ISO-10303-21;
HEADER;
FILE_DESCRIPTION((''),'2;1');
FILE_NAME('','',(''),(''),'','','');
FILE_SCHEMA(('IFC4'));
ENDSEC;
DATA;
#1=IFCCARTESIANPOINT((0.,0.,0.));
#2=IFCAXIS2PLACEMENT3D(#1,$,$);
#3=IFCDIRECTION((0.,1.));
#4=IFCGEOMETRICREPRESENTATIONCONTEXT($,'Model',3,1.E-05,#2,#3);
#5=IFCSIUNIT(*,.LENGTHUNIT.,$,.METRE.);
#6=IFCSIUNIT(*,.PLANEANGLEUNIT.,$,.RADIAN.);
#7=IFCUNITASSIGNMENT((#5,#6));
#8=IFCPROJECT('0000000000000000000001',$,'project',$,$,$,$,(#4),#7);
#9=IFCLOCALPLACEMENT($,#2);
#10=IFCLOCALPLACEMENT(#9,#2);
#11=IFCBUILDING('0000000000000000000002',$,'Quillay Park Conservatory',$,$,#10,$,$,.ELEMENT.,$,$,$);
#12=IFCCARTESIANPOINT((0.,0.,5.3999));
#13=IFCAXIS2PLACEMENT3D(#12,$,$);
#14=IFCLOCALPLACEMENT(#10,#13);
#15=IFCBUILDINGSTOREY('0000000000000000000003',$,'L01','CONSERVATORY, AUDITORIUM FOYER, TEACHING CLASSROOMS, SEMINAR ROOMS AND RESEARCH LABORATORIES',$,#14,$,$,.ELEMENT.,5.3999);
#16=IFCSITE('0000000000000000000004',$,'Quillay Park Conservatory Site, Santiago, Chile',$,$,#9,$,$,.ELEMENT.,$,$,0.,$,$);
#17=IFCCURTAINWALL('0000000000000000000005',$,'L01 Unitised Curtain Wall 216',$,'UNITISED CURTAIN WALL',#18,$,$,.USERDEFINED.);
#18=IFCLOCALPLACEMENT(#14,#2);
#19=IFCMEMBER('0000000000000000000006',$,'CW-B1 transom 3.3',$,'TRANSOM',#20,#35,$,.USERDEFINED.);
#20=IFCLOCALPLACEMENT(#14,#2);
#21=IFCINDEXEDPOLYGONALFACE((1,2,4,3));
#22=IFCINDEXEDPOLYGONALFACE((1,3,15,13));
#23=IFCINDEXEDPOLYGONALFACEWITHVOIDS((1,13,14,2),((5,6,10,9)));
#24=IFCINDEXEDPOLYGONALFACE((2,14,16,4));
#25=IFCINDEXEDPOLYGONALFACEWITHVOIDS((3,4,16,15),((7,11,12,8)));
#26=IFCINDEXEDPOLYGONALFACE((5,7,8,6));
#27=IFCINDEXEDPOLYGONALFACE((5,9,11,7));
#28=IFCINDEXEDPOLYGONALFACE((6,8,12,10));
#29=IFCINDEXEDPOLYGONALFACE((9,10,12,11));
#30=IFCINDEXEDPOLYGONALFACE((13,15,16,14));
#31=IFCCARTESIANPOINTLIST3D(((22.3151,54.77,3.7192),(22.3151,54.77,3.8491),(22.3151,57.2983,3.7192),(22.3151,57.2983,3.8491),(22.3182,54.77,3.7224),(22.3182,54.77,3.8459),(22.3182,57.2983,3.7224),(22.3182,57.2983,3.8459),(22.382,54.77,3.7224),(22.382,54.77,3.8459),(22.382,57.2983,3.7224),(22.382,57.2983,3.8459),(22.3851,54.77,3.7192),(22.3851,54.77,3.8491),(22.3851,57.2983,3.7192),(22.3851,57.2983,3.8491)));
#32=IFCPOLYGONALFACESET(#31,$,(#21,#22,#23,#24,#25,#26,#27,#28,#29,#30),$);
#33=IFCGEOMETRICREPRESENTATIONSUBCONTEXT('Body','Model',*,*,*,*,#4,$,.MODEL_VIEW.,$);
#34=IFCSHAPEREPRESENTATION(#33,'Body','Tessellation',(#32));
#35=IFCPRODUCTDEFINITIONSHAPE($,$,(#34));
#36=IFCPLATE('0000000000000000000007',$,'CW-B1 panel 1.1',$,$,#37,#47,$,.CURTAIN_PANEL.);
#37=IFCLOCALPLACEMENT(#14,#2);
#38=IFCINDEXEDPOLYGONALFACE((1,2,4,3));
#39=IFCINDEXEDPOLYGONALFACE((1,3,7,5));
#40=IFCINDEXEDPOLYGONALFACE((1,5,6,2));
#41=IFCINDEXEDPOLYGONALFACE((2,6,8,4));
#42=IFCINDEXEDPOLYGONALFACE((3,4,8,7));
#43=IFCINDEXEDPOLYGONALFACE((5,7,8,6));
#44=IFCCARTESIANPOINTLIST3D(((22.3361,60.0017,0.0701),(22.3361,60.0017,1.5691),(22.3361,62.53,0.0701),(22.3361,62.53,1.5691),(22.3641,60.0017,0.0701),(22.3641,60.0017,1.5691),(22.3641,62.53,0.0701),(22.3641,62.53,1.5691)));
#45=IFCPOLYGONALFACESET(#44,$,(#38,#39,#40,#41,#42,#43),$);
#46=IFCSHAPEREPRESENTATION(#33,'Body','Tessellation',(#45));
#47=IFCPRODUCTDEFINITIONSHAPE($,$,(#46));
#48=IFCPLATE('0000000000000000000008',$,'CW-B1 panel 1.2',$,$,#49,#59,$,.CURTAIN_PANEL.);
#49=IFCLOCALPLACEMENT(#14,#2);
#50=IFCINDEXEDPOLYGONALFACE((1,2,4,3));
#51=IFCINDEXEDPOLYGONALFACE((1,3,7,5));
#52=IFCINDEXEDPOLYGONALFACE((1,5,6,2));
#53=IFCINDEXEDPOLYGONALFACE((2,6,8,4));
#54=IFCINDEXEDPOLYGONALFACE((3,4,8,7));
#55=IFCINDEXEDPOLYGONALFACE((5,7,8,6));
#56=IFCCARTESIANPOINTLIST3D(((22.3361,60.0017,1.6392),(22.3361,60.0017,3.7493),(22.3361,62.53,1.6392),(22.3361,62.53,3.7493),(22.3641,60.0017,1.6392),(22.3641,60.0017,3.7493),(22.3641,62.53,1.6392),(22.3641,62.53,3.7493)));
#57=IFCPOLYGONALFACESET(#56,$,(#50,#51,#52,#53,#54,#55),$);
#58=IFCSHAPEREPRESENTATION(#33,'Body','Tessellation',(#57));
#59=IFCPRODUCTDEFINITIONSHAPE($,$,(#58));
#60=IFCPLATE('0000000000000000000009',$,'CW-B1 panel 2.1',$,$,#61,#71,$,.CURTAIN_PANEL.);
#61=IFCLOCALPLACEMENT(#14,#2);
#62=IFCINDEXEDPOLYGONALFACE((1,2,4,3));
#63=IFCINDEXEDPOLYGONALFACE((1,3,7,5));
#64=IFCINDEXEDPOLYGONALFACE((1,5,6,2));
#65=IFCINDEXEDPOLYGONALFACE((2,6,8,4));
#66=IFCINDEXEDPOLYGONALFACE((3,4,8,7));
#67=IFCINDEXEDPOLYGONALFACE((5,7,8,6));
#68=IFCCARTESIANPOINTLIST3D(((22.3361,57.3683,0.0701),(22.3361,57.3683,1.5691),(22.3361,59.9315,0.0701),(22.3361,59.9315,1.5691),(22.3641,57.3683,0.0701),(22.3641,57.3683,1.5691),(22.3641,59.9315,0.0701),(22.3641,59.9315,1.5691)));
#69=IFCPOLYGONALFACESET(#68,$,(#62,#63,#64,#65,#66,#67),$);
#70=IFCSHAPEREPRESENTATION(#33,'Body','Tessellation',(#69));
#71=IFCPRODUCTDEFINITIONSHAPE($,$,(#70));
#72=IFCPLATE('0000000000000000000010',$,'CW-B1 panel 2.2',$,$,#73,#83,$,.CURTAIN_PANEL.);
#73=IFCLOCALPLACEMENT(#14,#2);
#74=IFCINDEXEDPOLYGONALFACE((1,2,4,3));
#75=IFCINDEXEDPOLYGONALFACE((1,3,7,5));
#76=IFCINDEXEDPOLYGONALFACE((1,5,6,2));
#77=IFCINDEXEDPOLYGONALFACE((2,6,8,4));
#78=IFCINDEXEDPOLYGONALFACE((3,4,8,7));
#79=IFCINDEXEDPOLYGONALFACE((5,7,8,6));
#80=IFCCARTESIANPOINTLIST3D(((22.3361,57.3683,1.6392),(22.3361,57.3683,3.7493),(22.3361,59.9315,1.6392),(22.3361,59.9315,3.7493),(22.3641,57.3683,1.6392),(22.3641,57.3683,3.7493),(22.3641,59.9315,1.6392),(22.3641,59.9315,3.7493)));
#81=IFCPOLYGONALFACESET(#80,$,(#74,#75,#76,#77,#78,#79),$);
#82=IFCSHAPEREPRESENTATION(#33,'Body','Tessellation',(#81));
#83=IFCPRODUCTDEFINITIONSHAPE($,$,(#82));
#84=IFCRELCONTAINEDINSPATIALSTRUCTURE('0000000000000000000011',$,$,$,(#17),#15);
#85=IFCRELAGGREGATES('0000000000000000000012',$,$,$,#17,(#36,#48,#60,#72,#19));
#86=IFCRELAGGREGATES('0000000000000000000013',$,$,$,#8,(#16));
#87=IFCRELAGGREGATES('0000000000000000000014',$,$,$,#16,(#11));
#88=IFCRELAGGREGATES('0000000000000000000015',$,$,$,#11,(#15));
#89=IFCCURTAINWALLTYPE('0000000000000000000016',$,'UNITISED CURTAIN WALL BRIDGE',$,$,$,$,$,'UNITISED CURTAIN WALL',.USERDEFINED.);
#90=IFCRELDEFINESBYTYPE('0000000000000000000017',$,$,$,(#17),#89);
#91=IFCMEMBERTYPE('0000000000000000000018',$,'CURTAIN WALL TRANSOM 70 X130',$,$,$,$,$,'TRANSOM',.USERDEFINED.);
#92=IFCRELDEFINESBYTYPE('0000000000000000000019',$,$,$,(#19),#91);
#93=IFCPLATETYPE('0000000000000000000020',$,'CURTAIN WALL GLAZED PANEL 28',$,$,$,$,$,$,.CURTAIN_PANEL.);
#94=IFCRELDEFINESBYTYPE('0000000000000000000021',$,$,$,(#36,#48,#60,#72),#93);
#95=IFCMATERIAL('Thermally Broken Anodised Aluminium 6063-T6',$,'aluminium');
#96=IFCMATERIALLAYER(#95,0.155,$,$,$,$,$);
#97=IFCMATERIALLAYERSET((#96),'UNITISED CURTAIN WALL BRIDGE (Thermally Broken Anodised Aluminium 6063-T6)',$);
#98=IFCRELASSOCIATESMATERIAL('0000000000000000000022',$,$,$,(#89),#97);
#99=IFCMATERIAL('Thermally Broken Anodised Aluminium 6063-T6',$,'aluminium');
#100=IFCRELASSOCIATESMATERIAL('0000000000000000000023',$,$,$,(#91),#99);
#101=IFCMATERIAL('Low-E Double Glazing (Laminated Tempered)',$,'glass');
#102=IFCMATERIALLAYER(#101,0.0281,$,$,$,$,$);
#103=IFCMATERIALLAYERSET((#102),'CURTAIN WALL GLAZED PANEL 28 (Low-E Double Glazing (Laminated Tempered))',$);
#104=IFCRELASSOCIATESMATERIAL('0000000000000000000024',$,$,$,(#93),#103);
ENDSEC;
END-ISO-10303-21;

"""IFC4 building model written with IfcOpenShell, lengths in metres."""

from ifc_helpers import new_model, si_unit, direction, frame, origin, origin_2d, place, context, subcontext, project, spatial, rectangle, hollow_rectangle, extrude, material, layer, layer_set, material_profile, profile_set, type_object, element, aggregate, save


model = new_model("IFC4")

# Units and contexts
model_context = context("Model", 3, precision=1e-05, world=origin(), true_north=direction((0.0, 1.0)))
body_context = subcontext(model_context, "Body", "Model", "MODEL_VIEW")
ifc_project = project(units=[si_unit("LENGTHUNIT", "METRE"), si_unit("PLANEANGLEUNIT", "RADIAN")], contexts=[model_context])

# Site, building, storey
site_placement = place(None, origin())
site = spatial("IfcSite", under=ifc_project, at=site_placement, Name="Quillay Park Conservatory Site, Santiago, Chile", CompositionType="ELEMENT", RefElevation=0.0)
building_placement = place(site_placement, origin())
building = spatial("IfcBuilding", under=site, at=building_placement, Name="Quillay Park Conservatory", CompositionType="ELEMENT")
storey_placement = place(building_placement, frame((0.0, 0.0, 5.3999)))
storey = spatial("IfcBuildingStorey", under=building, at=storey_placement, Name="L01", Description="CONSERVATORY, AUDITORIUM FOYER, TEACHING CLASSROOMS, SEMINAR ROOMS AND RESEARCH LABORATORIES", CompositionType="ELEMENT", Elevation=5.3999)

# Curtain wall, member, plates
ifc_material_1 = material(Name="Thermally Broken Anodised Aluminium 6063-T6", Category="aluminium")
ifc_layer_1 = layer(ifc_material_1, 0.155)
ifc_layer_set_1 = layer_set([ifc_layer_1], Name="UNITISED CURTAIN WALL BRIDGE (Thermally Broken Anodised Aluminium 6063-T6)")
curtain_wall_type = type_object("IfcCurtainWallType", Name="UNITISED CURTAIN WALL BRIDGE", ElementType="UNITISED CURTAIN WALL", PredefinedType="USERDEFINED", material=ifc_layer_set_1)
curtain_wall_placement = place(storey_placement, origin())
curtain_wall = element("IfcCurtainWall", 1, at=curtain_wall_placement, inside=storey, type_object=curtain_wall_type, Name="L01 Unitised Curtain Wall 216", ObjectType="UNITISED CURTAIN WALL", PredefinedType="USERDEFINED")
ifc_material_2 = material(Name="Thermally Broken Anodised Aluminium 6063-T6", Category="aluminium")
ifc_material_profile_1 = material_profile(ifc_material_2, hollow_rectangle(XDim=0.0701, YDim=0.1299, WallThickness=0.0032, at=origin_2d()), Name="AL70x130x3.2")
ifc_profile_set_1 = profile_set([ifc_material_profile_1], Name="Thermally Broken Anodised Aluminium 6063-T6")
member_type_1 = type_object("IfcMemberType", Name="CURTAIN WALL TRANSOM 70 X130", ElementType="TRANSOM", PredefinedType="USERDEFINED", material=ifc_profile_set_1)
member_1_placement = place(storey_placement, frame((22.3501, 57.2983, 3.7842), z_axis=(0.0, -1.0, 0.0), x_axis=(1.0, 0.0, 0.0)))
member_1 = element("IfcMember", 2, at=member_1_placement, type_object=member_type_1, Name="CW-B1 transom 3.3", ObjectType="TRANSOM", PredefinedType="USERDEFINED", context=body_context, shape_type="SweptSolid", body=[
    extrude(hollow_rectangle(XDim=0.0701, YDim=0.1299, WallThickness=0.0032, at=origin_2d()), origin(), (0.0, 0.0, 1.0), 2.5283),
])
ifc_material_3 = material(Name="Low-E Double Glazing (Laminated Tempered)", Category="glass")
ifc_layer_2 = layer(ifc_material_3, 0.0281)
ifc_layer_set_2 = layer_set([ifc_layer_2], Name="CURTAIN WALL GLAZED PANEL 28 (Low-E Double Glazing (Laminated Tempered))")
plate_type = type_object("IfcPlateType", Name="CURTAIN WALL GLAZED PANEL 28", PredefinedType="CURTAIN_PANEL", material=ifc_layer_set_2)
plate_1_placement = place(storey_placement, frame((22.3501, 61.2659, 0.0701), z_axis=(0.0, 0.0, 1.0), x_axis=(0.0, -1.0, 0.0)))
plate_1 = element("IfcPlate", 3, at=plate_1_placement, type_object=plate_type, Name="CW-B1 panel 1.1", PredefinedType="CURTAIN_PANEL", context=body_context, shape_type="SweptSolid", body=[
    extrude(rectangle(XDim=2.5283, YDim=0.0281, at=origin_2d()), origin(), (0.0, 0.0, 1.0), 1.499),
])
plate_2_placement = place(storey_placement, frame((22.3501, 61.2659, 1.6392), z_axis=(0.0, 0.0, 1.0), x_axis=(0.0, -1.0, 0.0)))
plate_2 = element("IfcPlate", 4, at=plate_2_placement, type_object=plate_type, Name="CW-B1 panel 1.2", PredefinedType="CURTAIN_PANEL", context=body_context, shape_type="SweptSolid", body=[
    extrude(rectangle(XDim=2.5283, YDim=0.0281, at=origin_2d()), origin(), (0.0, 0.0, 1.0), 2.1101),
])
plate_3_placement = place(storey_placement, frame((22.3501, 58.6499, 0.0701), z_axis=(0.0, 0.0, 1.0), x_axis=(0.0, -1.0, 0.0)))
plate_3 = element("IfcPlate", 5, at=plate_3_placement, type_object=plate_type, Name="CW-B1 panel 2.1", PredefinedType="CURTAIN_PANEL", context=body_context, shape_type="SweptSolid", body=[
    extrude(rectangle(XDim=2.5632, YDim=0.0281, at=origin_2d()), origin(), (0.0, 0.0, 1.0), 1.499),
])
plate_4_placement = place(storey_placement, frame((22.3501, 58.6499, 1.6392), z_axis=(0.0, 0.0, 1.0), x_axis=(0.0, -1.0, 0.0)))
plate_4 = element("IfcPlate", 6, at=plate_4_placement, type_object=plate_type, Name="CW-B1 panel 2.2", PredefinedType="CURTAIN_PANEL", context=body_context, shape_type="SweptSolid", body=[
    extrude(rectangle(XDim=2.5632, YDim=0.0281, at=origin_2d()), origin(), (0.0, 0.0, 1.0), 2.1101),
])
aggregate(curtain_wall, [plate_1, plate_2, plate_3, plate_4, member_1])

save(model, "model.ifc")
